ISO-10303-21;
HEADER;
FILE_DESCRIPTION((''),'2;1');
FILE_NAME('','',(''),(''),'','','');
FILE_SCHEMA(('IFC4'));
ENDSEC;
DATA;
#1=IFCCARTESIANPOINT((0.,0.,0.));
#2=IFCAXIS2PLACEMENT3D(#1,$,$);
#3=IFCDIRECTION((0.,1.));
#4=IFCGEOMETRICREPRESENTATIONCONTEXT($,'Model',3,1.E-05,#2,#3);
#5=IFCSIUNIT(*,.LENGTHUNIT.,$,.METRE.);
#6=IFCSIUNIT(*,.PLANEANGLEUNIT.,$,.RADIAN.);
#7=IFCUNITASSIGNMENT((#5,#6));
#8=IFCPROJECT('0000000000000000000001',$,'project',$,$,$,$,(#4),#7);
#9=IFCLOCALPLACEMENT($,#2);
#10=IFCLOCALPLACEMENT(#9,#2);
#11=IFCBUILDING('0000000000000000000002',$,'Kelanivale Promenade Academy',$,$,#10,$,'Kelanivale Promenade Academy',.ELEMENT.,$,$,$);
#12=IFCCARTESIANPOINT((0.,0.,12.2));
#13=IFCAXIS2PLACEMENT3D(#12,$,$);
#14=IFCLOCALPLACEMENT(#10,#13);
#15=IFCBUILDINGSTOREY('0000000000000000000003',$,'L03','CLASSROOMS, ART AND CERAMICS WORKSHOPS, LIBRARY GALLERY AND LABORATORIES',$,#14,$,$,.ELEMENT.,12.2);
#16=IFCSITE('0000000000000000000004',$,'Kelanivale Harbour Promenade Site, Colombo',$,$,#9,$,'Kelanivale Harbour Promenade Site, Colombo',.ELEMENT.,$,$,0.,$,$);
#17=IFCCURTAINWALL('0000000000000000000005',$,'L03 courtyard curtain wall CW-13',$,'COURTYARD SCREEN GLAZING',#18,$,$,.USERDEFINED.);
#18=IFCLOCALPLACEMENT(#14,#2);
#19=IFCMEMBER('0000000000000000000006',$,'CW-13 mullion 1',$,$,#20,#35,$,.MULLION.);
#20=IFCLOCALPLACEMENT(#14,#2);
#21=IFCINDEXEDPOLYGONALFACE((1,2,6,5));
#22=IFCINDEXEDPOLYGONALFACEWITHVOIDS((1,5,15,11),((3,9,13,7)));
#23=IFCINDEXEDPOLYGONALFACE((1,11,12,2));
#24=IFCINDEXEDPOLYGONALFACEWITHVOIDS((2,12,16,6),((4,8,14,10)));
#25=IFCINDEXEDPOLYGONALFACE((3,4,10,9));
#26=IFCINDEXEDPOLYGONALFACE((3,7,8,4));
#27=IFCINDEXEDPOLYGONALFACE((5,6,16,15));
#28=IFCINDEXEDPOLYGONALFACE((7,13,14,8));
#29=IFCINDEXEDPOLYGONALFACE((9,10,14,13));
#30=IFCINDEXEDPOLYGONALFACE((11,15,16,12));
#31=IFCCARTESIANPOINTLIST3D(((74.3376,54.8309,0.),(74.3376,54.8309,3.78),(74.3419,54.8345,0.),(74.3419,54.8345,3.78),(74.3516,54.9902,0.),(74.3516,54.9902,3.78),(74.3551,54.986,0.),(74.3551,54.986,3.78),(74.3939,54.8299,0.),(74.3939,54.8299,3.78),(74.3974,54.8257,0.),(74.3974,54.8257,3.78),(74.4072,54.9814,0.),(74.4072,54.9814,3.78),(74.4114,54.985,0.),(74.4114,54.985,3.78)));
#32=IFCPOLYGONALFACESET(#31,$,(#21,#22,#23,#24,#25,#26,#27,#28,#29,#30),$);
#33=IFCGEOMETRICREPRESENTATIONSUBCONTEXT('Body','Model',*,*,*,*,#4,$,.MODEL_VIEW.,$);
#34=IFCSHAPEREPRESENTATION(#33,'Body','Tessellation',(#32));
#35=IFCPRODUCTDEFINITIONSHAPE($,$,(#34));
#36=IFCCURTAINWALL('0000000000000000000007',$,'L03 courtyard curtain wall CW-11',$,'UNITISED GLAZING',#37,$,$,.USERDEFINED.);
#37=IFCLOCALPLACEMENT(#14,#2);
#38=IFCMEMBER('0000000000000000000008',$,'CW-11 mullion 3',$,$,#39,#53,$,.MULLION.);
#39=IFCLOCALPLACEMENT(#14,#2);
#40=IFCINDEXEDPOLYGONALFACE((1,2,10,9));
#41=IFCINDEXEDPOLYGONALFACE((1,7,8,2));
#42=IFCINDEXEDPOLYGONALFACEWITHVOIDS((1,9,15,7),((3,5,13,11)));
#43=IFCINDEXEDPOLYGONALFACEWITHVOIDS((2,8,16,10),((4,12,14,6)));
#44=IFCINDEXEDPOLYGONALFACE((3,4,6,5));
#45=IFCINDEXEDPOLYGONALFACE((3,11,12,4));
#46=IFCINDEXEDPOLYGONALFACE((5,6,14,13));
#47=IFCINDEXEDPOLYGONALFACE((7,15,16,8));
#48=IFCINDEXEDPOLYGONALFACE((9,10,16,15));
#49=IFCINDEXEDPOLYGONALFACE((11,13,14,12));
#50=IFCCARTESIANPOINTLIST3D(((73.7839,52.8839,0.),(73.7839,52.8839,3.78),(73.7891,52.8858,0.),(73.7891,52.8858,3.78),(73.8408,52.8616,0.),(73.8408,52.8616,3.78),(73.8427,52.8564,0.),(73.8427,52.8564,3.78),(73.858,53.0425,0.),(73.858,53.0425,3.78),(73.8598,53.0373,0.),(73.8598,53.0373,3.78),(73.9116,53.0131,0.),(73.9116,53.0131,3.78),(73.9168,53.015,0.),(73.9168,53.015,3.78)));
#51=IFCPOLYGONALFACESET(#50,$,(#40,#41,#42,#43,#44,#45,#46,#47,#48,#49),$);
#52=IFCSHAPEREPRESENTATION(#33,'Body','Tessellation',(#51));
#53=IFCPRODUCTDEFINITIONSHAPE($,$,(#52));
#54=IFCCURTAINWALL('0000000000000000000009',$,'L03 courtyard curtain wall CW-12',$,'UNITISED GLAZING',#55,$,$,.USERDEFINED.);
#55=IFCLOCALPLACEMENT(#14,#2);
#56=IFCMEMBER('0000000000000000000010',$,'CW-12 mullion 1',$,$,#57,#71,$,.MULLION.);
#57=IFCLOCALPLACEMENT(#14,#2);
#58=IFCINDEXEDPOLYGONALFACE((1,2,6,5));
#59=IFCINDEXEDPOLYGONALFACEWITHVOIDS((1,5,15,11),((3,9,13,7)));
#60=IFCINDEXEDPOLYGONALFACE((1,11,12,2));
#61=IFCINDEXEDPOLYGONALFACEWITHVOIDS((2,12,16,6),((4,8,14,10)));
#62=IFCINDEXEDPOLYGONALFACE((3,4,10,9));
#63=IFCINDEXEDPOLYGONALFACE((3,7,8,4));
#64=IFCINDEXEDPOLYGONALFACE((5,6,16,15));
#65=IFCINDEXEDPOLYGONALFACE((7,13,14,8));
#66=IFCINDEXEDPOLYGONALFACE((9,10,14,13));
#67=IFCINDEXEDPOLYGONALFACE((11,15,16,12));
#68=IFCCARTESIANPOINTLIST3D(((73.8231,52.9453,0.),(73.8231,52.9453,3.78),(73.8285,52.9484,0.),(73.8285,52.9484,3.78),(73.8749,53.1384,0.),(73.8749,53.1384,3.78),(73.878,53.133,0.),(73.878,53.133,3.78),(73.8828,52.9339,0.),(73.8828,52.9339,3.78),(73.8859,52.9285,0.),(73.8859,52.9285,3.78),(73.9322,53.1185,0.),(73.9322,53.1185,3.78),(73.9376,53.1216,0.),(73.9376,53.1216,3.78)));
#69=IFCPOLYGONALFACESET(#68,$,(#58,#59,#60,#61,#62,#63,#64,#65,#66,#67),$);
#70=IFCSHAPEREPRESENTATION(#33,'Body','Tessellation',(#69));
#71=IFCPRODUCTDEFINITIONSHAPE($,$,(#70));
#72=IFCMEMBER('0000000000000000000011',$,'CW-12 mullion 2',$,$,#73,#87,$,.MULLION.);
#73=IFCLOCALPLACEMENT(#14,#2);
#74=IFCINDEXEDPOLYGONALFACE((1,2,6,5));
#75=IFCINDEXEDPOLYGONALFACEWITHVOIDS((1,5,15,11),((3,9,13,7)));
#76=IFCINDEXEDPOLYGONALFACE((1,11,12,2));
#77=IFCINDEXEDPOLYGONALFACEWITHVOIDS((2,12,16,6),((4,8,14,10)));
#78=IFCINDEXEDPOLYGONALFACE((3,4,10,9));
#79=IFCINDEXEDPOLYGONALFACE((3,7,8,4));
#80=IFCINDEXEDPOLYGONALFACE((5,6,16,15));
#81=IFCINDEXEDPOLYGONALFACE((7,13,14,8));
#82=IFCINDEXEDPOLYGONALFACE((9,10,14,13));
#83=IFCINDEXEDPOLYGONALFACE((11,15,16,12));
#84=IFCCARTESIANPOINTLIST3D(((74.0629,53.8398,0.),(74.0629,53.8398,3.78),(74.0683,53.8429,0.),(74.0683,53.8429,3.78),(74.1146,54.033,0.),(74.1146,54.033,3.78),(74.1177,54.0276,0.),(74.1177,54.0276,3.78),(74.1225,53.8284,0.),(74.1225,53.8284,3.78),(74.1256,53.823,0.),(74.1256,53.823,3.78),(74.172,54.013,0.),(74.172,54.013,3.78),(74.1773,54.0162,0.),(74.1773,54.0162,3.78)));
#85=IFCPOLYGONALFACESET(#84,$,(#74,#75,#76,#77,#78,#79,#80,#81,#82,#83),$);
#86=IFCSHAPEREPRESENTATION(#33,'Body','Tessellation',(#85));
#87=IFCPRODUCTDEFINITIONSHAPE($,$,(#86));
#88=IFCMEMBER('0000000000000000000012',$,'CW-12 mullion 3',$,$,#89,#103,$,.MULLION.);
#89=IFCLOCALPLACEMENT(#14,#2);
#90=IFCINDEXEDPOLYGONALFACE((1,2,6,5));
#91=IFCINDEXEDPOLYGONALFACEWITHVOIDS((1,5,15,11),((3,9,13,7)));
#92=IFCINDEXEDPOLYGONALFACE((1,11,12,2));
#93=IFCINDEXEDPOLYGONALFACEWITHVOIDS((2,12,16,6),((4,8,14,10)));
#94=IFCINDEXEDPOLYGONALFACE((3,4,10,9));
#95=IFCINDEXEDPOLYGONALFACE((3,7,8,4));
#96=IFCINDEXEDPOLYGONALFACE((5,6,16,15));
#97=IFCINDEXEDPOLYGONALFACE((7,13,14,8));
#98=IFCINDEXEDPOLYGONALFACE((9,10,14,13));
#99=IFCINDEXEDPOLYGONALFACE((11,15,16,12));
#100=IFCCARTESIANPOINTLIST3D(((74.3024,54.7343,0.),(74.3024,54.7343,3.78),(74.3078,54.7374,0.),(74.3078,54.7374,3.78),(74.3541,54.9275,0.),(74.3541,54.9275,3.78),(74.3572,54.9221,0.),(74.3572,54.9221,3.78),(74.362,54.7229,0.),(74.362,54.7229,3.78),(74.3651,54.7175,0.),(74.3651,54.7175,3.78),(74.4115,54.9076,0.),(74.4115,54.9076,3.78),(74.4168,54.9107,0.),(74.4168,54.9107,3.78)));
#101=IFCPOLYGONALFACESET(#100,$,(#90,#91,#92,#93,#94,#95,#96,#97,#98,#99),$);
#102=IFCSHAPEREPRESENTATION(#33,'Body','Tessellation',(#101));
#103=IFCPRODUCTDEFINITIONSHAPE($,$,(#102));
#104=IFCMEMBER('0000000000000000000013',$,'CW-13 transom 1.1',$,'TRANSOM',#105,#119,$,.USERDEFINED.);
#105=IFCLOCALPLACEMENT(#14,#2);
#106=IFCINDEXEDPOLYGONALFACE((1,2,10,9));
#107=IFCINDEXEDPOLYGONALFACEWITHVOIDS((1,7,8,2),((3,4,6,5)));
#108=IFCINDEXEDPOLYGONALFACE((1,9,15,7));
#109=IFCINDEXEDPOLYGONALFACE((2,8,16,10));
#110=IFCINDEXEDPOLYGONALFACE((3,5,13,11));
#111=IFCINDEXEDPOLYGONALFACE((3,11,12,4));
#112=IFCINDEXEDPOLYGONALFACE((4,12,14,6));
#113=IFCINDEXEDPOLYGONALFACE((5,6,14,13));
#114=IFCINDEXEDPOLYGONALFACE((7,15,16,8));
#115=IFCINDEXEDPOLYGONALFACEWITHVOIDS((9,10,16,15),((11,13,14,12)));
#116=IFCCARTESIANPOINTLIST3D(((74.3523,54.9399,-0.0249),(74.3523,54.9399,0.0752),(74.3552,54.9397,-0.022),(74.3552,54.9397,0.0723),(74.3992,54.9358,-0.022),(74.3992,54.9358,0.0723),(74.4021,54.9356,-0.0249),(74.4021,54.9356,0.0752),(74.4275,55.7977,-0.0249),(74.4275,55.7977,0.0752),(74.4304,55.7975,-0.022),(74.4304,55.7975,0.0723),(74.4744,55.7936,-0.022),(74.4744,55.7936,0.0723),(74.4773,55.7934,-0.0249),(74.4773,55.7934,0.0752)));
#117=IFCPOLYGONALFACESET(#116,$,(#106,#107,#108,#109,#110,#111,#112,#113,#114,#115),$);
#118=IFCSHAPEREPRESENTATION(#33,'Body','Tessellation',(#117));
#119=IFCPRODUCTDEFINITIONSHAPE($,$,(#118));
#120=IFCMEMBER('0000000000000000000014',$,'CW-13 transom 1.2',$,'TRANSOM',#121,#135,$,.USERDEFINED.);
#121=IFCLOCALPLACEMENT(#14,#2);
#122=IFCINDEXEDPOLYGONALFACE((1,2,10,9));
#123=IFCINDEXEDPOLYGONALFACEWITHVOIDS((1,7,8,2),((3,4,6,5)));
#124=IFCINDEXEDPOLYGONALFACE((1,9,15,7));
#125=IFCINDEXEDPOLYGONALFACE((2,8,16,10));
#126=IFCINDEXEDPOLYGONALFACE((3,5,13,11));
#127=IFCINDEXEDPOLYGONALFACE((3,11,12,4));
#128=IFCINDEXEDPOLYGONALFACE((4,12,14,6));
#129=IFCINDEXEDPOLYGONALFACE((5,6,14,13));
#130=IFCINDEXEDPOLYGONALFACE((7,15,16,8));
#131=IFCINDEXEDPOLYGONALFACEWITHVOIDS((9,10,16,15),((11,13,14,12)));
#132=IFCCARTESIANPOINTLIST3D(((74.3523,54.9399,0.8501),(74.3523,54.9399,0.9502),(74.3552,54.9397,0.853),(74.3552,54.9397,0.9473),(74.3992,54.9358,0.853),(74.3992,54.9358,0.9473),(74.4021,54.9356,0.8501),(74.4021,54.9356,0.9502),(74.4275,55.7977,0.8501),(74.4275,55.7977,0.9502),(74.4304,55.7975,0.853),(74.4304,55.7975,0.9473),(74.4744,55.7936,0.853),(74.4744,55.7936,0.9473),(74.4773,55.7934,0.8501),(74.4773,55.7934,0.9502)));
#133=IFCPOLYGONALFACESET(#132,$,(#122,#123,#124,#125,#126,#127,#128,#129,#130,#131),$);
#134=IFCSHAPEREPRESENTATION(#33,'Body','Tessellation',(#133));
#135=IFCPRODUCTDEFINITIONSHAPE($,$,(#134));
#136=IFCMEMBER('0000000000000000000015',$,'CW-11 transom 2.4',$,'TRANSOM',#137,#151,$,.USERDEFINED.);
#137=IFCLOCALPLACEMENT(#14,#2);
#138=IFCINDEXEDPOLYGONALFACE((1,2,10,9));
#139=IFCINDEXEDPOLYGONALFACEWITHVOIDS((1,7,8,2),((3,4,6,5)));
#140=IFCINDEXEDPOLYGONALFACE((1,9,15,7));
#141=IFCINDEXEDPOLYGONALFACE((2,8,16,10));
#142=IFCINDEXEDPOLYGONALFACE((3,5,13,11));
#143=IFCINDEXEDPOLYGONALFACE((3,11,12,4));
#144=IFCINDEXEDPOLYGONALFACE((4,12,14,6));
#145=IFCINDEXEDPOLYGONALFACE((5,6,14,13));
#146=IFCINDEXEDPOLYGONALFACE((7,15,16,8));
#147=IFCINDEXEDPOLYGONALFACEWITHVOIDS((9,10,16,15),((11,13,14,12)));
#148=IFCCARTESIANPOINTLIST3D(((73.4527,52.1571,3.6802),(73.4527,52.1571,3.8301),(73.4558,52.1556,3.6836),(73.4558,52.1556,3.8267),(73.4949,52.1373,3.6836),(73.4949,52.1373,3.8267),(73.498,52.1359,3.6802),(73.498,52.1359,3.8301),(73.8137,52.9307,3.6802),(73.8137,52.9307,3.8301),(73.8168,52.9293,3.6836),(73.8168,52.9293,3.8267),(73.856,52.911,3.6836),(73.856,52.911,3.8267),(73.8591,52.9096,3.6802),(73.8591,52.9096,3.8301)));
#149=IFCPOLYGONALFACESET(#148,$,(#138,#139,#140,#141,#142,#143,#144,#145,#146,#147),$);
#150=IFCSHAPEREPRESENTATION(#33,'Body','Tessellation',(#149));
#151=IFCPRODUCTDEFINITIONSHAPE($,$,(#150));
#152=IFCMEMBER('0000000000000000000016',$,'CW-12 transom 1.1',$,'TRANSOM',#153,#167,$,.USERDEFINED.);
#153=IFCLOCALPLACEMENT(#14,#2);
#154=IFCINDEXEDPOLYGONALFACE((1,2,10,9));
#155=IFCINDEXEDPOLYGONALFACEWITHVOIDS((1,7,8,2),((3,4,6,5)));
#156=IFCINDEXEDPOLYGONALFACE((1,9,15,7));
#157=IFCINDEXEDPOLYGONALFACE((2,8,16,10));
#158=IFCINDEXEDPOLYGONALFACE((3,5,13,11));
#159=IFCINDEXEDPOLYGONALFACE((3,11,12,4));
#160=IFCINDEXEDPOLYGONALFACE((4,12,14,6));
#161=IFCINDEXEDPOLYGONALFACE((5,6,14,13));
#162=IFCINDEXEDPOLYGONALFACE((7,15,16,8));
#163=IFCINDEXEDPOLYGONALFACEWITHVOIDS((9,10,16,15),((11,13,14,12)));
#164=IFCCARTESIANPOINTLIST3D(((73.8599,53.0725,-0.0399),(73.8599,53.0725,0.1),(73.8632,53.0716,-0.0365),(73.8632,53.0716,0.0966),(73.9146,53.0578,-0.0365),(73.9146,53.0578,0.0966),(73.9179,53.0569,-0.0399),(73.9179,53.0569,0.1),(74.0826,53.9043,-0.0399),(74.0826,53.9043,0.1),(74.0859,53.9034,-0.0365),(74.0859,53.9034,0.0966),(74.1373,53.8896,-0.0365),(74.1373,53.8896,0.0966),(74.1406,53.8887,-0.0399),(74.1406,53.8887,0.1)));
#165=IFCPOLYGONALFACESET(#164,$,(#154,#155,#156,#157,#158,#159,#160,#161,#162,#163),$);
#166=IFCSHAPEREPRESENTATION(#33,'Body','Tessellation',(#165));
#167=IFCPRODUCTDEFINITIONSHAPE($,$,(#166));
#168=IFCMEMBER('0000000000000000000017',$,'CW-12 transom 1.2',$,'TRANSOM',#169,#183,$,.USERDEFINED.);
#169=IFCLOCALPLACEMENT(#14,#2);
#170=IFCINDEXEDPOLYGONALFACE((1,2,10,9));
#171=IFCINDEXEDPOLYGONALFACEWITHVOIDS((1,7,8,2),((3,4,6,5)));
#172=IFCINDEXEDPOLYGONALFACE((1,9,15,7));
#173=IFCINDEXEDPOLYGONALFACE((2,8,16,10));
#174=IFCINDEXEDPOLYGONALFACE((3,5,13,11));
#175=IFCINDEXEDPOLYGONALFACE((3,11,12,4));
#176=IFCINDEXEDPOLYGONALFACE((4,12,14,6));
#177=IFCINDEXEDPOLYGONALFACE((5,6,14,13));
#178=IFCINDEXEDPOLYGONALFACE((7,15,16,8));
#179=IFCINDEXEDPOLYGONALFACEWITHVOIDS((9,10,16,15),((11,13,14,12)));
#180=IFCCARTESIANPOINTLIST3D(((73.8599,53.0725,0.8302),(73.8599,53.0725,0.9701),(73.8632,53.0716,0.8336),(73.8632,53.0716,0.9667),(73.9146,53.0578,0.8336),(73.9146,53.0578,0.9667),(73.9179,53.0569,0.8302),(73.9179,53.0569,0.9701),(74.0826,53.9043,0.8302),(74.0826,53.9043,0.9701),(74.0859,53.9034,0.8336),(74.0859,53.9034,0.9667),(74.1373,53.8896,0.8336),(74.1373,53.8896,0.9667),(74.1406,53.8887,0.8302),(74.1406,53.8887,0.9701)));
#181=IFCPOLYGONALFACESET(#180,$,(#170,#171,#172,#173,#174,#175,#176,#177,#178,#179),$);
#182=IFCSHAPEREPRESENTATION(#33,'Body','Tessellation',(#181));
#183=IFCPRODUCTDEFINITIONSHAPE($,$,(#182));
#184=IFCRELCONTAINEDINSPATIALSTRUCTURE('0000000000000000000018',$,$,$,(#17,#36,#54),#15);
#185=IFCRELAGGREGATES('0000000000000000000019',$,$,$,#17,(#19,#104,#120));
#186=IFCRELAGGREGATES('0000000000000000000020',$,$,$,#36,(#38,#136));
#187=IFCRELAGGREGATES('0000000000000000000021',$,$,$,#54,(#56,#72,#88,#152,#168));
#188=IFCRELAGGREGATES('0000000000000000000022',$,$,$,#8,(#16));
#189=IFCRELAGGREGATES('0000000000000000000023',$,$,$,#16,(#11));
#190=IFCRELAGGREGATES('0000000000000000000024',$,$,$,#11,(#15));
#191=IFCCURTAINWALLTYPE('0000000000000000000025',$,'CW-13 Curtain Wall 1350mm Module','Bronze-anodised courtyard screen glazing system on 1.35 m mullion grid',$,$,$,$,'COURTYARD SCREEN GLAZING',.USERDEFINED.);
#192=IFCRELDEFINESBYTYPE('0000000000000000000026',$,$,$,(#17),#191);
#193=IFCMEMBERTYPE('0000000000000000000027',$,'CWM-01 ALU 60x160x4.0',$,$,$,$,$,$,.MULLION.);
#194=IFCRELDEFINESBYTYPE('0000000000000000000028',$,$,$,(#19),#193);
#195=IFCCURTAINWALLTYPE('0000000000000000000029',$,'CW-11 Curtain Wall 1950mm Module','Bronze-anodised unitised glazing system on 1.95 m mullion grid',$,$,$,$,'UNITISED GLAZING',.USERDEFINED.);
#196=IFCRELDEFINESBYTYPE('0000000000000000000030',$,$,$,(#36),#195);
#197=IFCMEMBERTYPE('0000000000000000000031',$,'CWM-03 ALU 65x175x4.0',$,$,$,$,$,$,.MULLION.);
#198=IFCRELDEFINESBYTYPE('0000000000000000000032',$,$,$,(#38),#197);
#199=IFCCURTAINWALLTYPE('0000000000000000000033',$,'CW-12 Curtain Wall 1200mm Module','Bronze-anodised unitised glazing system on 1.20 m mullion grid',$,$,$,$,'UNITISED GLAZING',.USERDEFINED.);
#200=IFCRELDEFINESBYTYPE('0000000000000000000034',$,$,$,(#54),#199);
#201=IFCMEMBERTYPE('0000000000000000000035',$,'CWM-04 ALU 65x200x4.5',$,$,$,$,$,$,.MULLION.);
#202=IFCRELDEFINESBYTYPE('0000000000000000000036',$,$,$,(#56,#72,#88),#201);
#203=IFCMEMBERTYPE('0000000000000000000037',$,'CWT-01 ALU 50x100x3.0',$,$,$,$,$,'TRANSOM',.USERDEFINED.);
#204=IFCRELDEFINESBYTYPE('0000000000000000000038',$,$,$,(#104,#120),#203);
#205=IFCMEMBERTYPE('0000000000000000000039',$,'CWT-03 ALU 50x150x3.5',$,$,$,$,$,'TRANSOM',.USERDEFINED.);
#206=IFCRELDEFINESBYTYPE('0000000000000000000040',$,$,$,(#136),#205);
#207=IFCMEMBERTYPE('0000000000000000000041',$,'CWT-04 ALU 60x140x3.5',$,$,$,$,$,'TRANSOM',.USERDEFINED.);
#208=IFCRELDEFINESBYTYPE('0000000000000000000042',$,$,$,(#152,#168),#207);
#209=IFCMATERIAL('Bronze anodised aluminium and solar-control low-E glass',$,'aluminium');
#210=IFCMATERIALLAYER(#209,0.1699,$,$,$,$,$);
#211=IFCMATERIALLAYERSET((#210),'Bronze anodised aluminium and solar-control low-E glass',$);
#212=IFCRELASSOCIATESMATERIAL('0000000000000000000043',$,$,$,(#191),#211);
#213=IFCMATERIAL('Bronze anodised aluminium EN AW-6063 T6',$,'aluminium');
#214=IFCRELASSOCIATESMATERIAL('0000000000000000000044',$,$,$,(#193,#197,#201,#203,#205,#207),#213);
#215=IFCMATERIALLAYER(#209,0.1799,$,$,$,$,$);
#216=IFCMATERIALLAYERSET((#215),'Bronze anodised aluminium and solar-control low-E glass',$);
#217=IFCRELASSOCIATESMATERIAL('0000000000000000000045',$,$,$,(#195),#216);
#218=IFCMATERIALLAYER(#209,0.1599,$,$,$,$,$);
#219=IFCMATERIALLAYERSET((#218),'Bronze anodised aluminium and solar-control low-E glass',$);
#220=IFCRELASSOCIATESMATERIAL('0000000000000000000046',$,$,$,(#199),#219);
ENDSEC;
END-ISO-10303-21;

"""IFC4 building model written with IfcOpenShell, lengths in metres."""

from ifc_helpers import new_model, si_unit, direction, frame, origin, origin_2d, place, context, subcontext, project, spatial, hollow_rectangle, extrude, material, layer, layer_set, material_profile, profile_set, type_object, element, aggregate, save


model = new_model("IFC4")

# Units and contexts
model_context = context("Model", 3, precision=1e-05, world=origin(), true_north=direction((0.0, 1.0)))
body_context = subcontext(model_context, "Body", "Model", "MODEL_VIEW")
ifc_project = project(units=[si_unit("LENGTHUNIT", "METRE"), si_unit("PLANEANGLEUNIT", "RADIAN")], contexts=[model_context])

# Site, building, storey
site_placement = place(None, origin())
site = spatial("IfcSite", under=ifc_project, at=site_placement, Name="Kelanivale Harbour Promenade Site, Colombo", LongName="Kelanivale Harbour Promenade Site, Colombo", CompositionType="ELEMENT", RefElevation=0.0)
building_placement = place(site_placement, origin())
building = spatial("IfcBuilding", under=site, at=building_placement, Name="Kelanivale Promenade Academy", LongName="Kelanivale Promenade Academy", CompositionType="ELEMENT")
storey_placement = place(building_placement, frame((0.0, 0.0, 12.2)))
storey = spatial("IfcBuildingStorey", under=building, at=storey_placement, Name="L03", Description="CLASSROOMS, ART AND CERAMICS WORKSHOPS, LIBRARY GALLERY AND LABORATORIES", CompositionType="ELEMENT", Elevation=12.2)

# Curtain walls, members
ifc_material_1 = material(Name="Bronze anodised aluminium and solar-control low-E glass", Category="aluminium")
ifc_layer_1 = layer(ifc_material_1, 0.1699)
ifc_layer_set_1 = layer_set([ifc_layer_1], Name="Bronze anodised aluminium and solar-control low-E glass")
curtain_wall_type_1 = type_object("IfcCurtainWallType", Name="CW-13 Curtain Wall 1350mm Module", Description="Bronze-anodised courtyard screen glazing system on 1.35 m mullion grid", ElementType="COURTYARD SCREEN GLAZING", PredefinedType="USERDEFINED", material=ifc_layer_set_1)
curtain_wall_1_placement = place(storey_placement, origin())
curtain_wall_1 = element("IfcCurtainWall", 1, at=curtain_wall_1_placement, inside=storey, type_object=curtain_wall_type_1, Name="L03 courtyard curtain wall CW-13", ObjectType="COURTYARD SCREEN GLAZING", PredefinedType="USERDEFINED")
ifc_material_2 = material(Name="Bronze anodised aluminium EN AW-6063 T6", Category="aluminium")
ifc_material_profile_1 = material_profile(ifc_material_2, hollow_rectangle(XDim=0.0601, YDim=0.1599, WallThickness=0.0039, at=origin_2d()), Name="ALU 60x160x4.0")
ifc_profile_set_1 = profile_set([ifc_material_profile_1], Name="Bronze anodised aluminium EN AW-6063 T6")
member_type_1 = type_object("IfcMemberType", Name="CWM-01 ALU 60x160x4.0", PredefinedType="MULLION", material=ifc_profile_set_1)
member_1_placement = place(storey_placement, frame((74.3745, 54.908, 0.0), z_axis=(0.0, 0.0, 1.0), x_axis=(-0.996185, 0.087265, 0.0)))
member_1 = element("IfcMember", 2, at=member_1_placement, type_object=member_type_1, Name="CW-13 mullion 1", PredefinedType="MULLION", context=body_context, shape_type="SweptSolid", body=[
    extrude(hollow_rectangle(XDim=0.0601, YDim=0.1599, WallThickness=0.0039, at=origin_2d()), origin(), (0.0, 0.0, 1.0), 3.78),
])
ifc_layer_2 = layer(ifc_material_1, 0.1799)
ifc_layer_set_2 = layer_set([ifc_layer_2], Name="Bronze anodised aluminium and solar-control low-E glass")
curtain_wall_type_2 = type_object("IfcCurtainWallType", Name="CW-11 Curtain Wall 1950mm Module", Description="Bronze-anodised unitised glazing system on 1.95 m mullion grid", ElementType="UNITISED GLAZING", PredefinedType="USERDEFINED", material=ifc_layer_set_2)
curtain_wall_2_placement = place(storey_placement, origin())
curtain_wall_2 = element("IfcCurtainWall", 3, at=curtain_wall_2_placement, inside=storey, type_object=curtain_wall_type_2, Name="L03 courtyard curtain wall CW-11", ObjectType="UNITISED GLAZING", PredefinedType="USERDEFINED")
ifc_material_profile_2 = material_profile(ifc_material_2, hollow_rectangle(XDim=0.0649, YDim=0.175, WallThickness=0.0039, at=origin_2d()), Name="ALU 65x175x4.0")
ifc_profile_set_2 = profile_set([ifc_material_profile_2], Name="Bronze anodised aluminium EN AW-6063 T6")
member_type_2 = type_object("IfcMemberType", Name="CWM-03 ALU 65x175x4.0", PredefinedType="MULLION", material=ifc_profile_set_2)
member_2_placement = place(storey_placement, frame((73.8503, 52.9495, 0.0), z_axis=(0.0, 0.0, 1.0), x_axis=(-0.906089, 0.423087, 0.0)))
member_2 = element("IfcMember", 4, at=member_2_placement, type_object=member_type_2, Name="CW-11 mullion 3", PredefinedType="MULLION", context=body_context, shape_type="SweptSolid", body=[
    extrude(hollow_rectangle(XDim=0.0649, YDim=0.175, WallThickness=0.0039, at=origin_2d()), origin(), (0.0, 0.0, 1.0), 3.78),
])

# Curtain wall, members
ifc_layer_3 = layer(ifc_material_1, 0.1599)
ifc_layer_set_3 = layer_set([ifc_layer_3], Name="Bronze anodised aluminium and solar-control low-E glass")
curtain_wall_type_3 = type_object("IfcCurtainWallType", Name="CW-12 Curtain Wall 1200mm Module", Description="Bronze-anodised unitised glazing system on 1.20 m mullion grid", ElementType="UNITISED GLAZING", PredefinedType="USERDEFINED", material=ifc_layer_set_3)
curtain_wall_3_placement = place(storey_placement, origin())
curtain_wall_3 = element("IfcCurtainWall", 5, at=curtain_wall_3_placement, inside=storey, type_object=curtain_wall_type_3, Name="L03 courtyard curtain wall CW-12", ObjectType="UNITISED GLAZING", PredefinedType="USERDEFINED")
ifc_material_profile_3 = material_profile(ifc_material_2, hollow_rectangle(XDim=0.0649, YDim=0.2, WallThickness=0.0044, at=origin_2d()), Name="ALU 65x200x4.5")
ifc_profile_set_3 = profile_set([ifc_material_profile_3], Name="Bronze anodised aluminium EN AW-6063 T6")
member_type_3 = type_object("IfcMemberType", Name="CWM-04 ALU 65x200x4.5", PredefinedType="MULLION", material=ifc_profile_set_3)
member_3_placement = place(storey_placement, frame((73.8804, 53.0334, 0.0), z_axis=(0.0, 0.0, 1.0), x_axis=(-0.965957, 0.258701, 0.0)))
member_3 = element("IfcMember", 6, at=member_3_placement, type_object=member_type_3, Name="CW-12 mullion 1", PredefinedType="MULLION", context=body_context, shape_type="SweptSolid", body=[
    extrude(hollow_rectangle(XDim=0.0649, YDim=0.2, WallThickness=0.0044, at=origin_2d()), origin(), (0.0, 0.0, 1.0), 3.78),
])
member_4_placement = place(storey_placement, frame((74.1201, 53.928, 0.0), z_axis=(0.0, 0.0, 1.0), x_axis=(-0.965957, 0.258701, 0.0)))
member_4 = element("IfcMember", 7, at=member_4_placement, type_object=member_type_3, Name="CW-12 mullion 2", PredefinedType="MULLION", context=body_context, shape_type="SweptSolid", body=[
    extrude(hollow_rectangle(XDim=0.0649, YDim=0.2, WallThickness=0.0044, at=origin_2d()), origin(), (0.0, 0.0, 1.0), 3.78),
])
member_5_placement = place(storey_placement, frame((74.3596, 54.8225, 0.0), z_axis=(0.0, 0.0, 1.0), x_axis=(-0.965957, 0.258701, 0.0)))
member_5 = element("IfcMember", 8, at=member_5_placement, type_object=member_type_3, Name="CW-12 mullion 3", PredefinedType="MULLION", context=body_context, shape_type="SweptSolid", body=[
    extrude(hollow_rectangle(XDim=0.0649, YDim=0.2, WallThickness=0.0044, at=origin_2d()), origin(), (0.0, 0.0, 1.0), 3.78),
])

# Members
ifc_material_profile_4 = material_profile(ifc_material_2, hollow_rectangle(XDim=0.05, YDim=0.1001, WallThickness=0.0029, at=origin_2d()), Name="ALU 50x100x3.0")
ifc_profile_set_4 = profile_set([ifc_material_profile_4], Name="Bronze anodised aluminium EN AW-6063 T6")
member_type_4 = type_object("IfcMemberType", Name="CWT-01 ALU 50x100x3.0", ElementType="TRANSOM", PredefinedType="USERDEFINED", material=ifc_profile_set_4)
member_6_placement = place(storey_placement, frame((74.3772, 54.9377, 0.0251), z_axis=(0.087315, 0.996181, 0.0), x_axis=(-0.996181, 0.087315, 0.0)))
member_6 = element("IfcMember", 9, at=member_6_placement, type_object=member_type_4, Name="CW-13 transom 1.1", ObjectType="TRANSOM", PredefinedType="USERDEFINED", context=body_context, shape_type="SweptSolid", body=[
    extrude(hollow_rectangle(XDim=0.05, YDim=0.1001, WallThickness=0.0029, at=origin_2d()), origin(), (0.0, 0.0, 1.0), 0.8611),
])
member_7_placement = place(storey_placement, frame((74.3772, 54.9377, 0.9001), z_axis=(0.087315, 0.996181, 0.0), x_axis=(-0.996181, 0.087315, 0.0)))
member_7 = element("IfcMember", 10, at=member_7_placement, type_object=member_type_4, Name="CW-13 transom 1.2", ObjectType="TRANSOM", PredefinedType="USERDEFINED", context=body_context, shape_type="SweptSolid", body=[
    extrude(hollow_rectangle(XDim=0.05, YDim=0.1001, WallThickness=0.0029, at=origin_2d()), origin(), (0.0, 0.0, 1.0), 0.8611),
])
aggregate(curtain_wall_1, [member_1, member_6, member_7])
ifc_material_profile_5 = material_profile(ifc_material_2, hollow_rectangle(XDim=0.05, YDim=0.1499, WallThickness=0.0034, at=origin_2d()), Name="ALU 50x150x3.5")
ifc_profile_set_5 = profile_set([ifc_material_profile_5], Name="Bronze anodised aluminium EN AW-6063 T6")
member_type_5 = type_object("IfcMemberType", Name="CWT-03 ALU 50x150x3.5", ElementType="TRANSOM", PredefinedType="USERDEFINED", material=ifc_profile_set_5)
member_8_placement = place(storey_placement, frame((73.4753, 52.1465, 3.7551), z_axis=(0.422917, 0.906169, 0.0), x_axis=(-0.906169, 0.422917, 0.0)))
member_8 = element("IfcMember", 11, at=member_8_placement, type_object=member_type_5, Name="CW-11 transom 2.4", ObjectType="TRANSOM", PredefinedType="USERDEFINED", context=body_context, shape_type="SweptSolid", body=[
    extrude(hollow_rectangle(XDim=0.05, YDim=0.1499, WallThickness=0.0034, at=origin_2d()), origin(), (0.0, 0.0, 1.0), 0.8538),
])
ifc_material_profile_6 = material_profile(ifc_material_2, hollow_rectangle(XDim=0.0601, YDim=0.1399, WallThickness=0.0034, at=origin_2d()), Name="ALU 60x140x3.5")
ifc_profile_set_6 = profile_set([ifc_material_profile_6], Name="Bronze anodised aluminium EN AW-6063 T6")
member_type_6 = type_object("IfcMemberType", Name="CWT-04 ALU 60x140x3.5", ElementType="TRANSOM", PredefinedType="USERDEFINED", material=ifc_profile_set_6)
member_9_placement = place(storey_placement, frame((73.8889, 53.0647, 0.03), z_axis=(0.25858, 0.96599, 0.0), x_axis=(-0.96599, 0.25858, 0.0)))
member_9 = element("IfcMember", 12, at=member_9_placement, type_object=member_type_6, Name="CW-12 transom 1.1", ObjectType="TRANSOM", PredefinedType="USERDEFINED", context=body_context, shape_type="SweptSolid", body=[
    extrude(hollow_rectangle(XDim=0.0601, YDim=0.1399, WallThickness=0.0034, at=origin_2d()), origin(), (0.0, 0.0, 1.0), 0.8611),
])
member_10_placement = place(storey_placement, frame((73.8889, 53.0647, 0.9001), z_axis=(0.25858, 0.96599, 0.0), x_axis=(-0.96599, 0.25858, 0.0)))
member_10 = element("IfcMember", 13, at=member_10_placement, type_object=member_type_6, Name="CW-12 transom 1.2", ObjectType="TRANSOM", PredefinedType="USERDEFINED", context=body_context, shape_type="SweptSolid", body=[
    extrude(hollow_rectangle(XDim=0.0601, YDim=0.1399, WallThickness=0.0034, at=origin_2d()), origin(), (0.0, 0.0, 1.0), 0.8611),
])

aggregate(curtain_wall_2, [member_2, member_8])
aggregate(curtain_wall_3, [member_3, member_4, member_5, member_9, member_10])

save(model, "model.ifc")
